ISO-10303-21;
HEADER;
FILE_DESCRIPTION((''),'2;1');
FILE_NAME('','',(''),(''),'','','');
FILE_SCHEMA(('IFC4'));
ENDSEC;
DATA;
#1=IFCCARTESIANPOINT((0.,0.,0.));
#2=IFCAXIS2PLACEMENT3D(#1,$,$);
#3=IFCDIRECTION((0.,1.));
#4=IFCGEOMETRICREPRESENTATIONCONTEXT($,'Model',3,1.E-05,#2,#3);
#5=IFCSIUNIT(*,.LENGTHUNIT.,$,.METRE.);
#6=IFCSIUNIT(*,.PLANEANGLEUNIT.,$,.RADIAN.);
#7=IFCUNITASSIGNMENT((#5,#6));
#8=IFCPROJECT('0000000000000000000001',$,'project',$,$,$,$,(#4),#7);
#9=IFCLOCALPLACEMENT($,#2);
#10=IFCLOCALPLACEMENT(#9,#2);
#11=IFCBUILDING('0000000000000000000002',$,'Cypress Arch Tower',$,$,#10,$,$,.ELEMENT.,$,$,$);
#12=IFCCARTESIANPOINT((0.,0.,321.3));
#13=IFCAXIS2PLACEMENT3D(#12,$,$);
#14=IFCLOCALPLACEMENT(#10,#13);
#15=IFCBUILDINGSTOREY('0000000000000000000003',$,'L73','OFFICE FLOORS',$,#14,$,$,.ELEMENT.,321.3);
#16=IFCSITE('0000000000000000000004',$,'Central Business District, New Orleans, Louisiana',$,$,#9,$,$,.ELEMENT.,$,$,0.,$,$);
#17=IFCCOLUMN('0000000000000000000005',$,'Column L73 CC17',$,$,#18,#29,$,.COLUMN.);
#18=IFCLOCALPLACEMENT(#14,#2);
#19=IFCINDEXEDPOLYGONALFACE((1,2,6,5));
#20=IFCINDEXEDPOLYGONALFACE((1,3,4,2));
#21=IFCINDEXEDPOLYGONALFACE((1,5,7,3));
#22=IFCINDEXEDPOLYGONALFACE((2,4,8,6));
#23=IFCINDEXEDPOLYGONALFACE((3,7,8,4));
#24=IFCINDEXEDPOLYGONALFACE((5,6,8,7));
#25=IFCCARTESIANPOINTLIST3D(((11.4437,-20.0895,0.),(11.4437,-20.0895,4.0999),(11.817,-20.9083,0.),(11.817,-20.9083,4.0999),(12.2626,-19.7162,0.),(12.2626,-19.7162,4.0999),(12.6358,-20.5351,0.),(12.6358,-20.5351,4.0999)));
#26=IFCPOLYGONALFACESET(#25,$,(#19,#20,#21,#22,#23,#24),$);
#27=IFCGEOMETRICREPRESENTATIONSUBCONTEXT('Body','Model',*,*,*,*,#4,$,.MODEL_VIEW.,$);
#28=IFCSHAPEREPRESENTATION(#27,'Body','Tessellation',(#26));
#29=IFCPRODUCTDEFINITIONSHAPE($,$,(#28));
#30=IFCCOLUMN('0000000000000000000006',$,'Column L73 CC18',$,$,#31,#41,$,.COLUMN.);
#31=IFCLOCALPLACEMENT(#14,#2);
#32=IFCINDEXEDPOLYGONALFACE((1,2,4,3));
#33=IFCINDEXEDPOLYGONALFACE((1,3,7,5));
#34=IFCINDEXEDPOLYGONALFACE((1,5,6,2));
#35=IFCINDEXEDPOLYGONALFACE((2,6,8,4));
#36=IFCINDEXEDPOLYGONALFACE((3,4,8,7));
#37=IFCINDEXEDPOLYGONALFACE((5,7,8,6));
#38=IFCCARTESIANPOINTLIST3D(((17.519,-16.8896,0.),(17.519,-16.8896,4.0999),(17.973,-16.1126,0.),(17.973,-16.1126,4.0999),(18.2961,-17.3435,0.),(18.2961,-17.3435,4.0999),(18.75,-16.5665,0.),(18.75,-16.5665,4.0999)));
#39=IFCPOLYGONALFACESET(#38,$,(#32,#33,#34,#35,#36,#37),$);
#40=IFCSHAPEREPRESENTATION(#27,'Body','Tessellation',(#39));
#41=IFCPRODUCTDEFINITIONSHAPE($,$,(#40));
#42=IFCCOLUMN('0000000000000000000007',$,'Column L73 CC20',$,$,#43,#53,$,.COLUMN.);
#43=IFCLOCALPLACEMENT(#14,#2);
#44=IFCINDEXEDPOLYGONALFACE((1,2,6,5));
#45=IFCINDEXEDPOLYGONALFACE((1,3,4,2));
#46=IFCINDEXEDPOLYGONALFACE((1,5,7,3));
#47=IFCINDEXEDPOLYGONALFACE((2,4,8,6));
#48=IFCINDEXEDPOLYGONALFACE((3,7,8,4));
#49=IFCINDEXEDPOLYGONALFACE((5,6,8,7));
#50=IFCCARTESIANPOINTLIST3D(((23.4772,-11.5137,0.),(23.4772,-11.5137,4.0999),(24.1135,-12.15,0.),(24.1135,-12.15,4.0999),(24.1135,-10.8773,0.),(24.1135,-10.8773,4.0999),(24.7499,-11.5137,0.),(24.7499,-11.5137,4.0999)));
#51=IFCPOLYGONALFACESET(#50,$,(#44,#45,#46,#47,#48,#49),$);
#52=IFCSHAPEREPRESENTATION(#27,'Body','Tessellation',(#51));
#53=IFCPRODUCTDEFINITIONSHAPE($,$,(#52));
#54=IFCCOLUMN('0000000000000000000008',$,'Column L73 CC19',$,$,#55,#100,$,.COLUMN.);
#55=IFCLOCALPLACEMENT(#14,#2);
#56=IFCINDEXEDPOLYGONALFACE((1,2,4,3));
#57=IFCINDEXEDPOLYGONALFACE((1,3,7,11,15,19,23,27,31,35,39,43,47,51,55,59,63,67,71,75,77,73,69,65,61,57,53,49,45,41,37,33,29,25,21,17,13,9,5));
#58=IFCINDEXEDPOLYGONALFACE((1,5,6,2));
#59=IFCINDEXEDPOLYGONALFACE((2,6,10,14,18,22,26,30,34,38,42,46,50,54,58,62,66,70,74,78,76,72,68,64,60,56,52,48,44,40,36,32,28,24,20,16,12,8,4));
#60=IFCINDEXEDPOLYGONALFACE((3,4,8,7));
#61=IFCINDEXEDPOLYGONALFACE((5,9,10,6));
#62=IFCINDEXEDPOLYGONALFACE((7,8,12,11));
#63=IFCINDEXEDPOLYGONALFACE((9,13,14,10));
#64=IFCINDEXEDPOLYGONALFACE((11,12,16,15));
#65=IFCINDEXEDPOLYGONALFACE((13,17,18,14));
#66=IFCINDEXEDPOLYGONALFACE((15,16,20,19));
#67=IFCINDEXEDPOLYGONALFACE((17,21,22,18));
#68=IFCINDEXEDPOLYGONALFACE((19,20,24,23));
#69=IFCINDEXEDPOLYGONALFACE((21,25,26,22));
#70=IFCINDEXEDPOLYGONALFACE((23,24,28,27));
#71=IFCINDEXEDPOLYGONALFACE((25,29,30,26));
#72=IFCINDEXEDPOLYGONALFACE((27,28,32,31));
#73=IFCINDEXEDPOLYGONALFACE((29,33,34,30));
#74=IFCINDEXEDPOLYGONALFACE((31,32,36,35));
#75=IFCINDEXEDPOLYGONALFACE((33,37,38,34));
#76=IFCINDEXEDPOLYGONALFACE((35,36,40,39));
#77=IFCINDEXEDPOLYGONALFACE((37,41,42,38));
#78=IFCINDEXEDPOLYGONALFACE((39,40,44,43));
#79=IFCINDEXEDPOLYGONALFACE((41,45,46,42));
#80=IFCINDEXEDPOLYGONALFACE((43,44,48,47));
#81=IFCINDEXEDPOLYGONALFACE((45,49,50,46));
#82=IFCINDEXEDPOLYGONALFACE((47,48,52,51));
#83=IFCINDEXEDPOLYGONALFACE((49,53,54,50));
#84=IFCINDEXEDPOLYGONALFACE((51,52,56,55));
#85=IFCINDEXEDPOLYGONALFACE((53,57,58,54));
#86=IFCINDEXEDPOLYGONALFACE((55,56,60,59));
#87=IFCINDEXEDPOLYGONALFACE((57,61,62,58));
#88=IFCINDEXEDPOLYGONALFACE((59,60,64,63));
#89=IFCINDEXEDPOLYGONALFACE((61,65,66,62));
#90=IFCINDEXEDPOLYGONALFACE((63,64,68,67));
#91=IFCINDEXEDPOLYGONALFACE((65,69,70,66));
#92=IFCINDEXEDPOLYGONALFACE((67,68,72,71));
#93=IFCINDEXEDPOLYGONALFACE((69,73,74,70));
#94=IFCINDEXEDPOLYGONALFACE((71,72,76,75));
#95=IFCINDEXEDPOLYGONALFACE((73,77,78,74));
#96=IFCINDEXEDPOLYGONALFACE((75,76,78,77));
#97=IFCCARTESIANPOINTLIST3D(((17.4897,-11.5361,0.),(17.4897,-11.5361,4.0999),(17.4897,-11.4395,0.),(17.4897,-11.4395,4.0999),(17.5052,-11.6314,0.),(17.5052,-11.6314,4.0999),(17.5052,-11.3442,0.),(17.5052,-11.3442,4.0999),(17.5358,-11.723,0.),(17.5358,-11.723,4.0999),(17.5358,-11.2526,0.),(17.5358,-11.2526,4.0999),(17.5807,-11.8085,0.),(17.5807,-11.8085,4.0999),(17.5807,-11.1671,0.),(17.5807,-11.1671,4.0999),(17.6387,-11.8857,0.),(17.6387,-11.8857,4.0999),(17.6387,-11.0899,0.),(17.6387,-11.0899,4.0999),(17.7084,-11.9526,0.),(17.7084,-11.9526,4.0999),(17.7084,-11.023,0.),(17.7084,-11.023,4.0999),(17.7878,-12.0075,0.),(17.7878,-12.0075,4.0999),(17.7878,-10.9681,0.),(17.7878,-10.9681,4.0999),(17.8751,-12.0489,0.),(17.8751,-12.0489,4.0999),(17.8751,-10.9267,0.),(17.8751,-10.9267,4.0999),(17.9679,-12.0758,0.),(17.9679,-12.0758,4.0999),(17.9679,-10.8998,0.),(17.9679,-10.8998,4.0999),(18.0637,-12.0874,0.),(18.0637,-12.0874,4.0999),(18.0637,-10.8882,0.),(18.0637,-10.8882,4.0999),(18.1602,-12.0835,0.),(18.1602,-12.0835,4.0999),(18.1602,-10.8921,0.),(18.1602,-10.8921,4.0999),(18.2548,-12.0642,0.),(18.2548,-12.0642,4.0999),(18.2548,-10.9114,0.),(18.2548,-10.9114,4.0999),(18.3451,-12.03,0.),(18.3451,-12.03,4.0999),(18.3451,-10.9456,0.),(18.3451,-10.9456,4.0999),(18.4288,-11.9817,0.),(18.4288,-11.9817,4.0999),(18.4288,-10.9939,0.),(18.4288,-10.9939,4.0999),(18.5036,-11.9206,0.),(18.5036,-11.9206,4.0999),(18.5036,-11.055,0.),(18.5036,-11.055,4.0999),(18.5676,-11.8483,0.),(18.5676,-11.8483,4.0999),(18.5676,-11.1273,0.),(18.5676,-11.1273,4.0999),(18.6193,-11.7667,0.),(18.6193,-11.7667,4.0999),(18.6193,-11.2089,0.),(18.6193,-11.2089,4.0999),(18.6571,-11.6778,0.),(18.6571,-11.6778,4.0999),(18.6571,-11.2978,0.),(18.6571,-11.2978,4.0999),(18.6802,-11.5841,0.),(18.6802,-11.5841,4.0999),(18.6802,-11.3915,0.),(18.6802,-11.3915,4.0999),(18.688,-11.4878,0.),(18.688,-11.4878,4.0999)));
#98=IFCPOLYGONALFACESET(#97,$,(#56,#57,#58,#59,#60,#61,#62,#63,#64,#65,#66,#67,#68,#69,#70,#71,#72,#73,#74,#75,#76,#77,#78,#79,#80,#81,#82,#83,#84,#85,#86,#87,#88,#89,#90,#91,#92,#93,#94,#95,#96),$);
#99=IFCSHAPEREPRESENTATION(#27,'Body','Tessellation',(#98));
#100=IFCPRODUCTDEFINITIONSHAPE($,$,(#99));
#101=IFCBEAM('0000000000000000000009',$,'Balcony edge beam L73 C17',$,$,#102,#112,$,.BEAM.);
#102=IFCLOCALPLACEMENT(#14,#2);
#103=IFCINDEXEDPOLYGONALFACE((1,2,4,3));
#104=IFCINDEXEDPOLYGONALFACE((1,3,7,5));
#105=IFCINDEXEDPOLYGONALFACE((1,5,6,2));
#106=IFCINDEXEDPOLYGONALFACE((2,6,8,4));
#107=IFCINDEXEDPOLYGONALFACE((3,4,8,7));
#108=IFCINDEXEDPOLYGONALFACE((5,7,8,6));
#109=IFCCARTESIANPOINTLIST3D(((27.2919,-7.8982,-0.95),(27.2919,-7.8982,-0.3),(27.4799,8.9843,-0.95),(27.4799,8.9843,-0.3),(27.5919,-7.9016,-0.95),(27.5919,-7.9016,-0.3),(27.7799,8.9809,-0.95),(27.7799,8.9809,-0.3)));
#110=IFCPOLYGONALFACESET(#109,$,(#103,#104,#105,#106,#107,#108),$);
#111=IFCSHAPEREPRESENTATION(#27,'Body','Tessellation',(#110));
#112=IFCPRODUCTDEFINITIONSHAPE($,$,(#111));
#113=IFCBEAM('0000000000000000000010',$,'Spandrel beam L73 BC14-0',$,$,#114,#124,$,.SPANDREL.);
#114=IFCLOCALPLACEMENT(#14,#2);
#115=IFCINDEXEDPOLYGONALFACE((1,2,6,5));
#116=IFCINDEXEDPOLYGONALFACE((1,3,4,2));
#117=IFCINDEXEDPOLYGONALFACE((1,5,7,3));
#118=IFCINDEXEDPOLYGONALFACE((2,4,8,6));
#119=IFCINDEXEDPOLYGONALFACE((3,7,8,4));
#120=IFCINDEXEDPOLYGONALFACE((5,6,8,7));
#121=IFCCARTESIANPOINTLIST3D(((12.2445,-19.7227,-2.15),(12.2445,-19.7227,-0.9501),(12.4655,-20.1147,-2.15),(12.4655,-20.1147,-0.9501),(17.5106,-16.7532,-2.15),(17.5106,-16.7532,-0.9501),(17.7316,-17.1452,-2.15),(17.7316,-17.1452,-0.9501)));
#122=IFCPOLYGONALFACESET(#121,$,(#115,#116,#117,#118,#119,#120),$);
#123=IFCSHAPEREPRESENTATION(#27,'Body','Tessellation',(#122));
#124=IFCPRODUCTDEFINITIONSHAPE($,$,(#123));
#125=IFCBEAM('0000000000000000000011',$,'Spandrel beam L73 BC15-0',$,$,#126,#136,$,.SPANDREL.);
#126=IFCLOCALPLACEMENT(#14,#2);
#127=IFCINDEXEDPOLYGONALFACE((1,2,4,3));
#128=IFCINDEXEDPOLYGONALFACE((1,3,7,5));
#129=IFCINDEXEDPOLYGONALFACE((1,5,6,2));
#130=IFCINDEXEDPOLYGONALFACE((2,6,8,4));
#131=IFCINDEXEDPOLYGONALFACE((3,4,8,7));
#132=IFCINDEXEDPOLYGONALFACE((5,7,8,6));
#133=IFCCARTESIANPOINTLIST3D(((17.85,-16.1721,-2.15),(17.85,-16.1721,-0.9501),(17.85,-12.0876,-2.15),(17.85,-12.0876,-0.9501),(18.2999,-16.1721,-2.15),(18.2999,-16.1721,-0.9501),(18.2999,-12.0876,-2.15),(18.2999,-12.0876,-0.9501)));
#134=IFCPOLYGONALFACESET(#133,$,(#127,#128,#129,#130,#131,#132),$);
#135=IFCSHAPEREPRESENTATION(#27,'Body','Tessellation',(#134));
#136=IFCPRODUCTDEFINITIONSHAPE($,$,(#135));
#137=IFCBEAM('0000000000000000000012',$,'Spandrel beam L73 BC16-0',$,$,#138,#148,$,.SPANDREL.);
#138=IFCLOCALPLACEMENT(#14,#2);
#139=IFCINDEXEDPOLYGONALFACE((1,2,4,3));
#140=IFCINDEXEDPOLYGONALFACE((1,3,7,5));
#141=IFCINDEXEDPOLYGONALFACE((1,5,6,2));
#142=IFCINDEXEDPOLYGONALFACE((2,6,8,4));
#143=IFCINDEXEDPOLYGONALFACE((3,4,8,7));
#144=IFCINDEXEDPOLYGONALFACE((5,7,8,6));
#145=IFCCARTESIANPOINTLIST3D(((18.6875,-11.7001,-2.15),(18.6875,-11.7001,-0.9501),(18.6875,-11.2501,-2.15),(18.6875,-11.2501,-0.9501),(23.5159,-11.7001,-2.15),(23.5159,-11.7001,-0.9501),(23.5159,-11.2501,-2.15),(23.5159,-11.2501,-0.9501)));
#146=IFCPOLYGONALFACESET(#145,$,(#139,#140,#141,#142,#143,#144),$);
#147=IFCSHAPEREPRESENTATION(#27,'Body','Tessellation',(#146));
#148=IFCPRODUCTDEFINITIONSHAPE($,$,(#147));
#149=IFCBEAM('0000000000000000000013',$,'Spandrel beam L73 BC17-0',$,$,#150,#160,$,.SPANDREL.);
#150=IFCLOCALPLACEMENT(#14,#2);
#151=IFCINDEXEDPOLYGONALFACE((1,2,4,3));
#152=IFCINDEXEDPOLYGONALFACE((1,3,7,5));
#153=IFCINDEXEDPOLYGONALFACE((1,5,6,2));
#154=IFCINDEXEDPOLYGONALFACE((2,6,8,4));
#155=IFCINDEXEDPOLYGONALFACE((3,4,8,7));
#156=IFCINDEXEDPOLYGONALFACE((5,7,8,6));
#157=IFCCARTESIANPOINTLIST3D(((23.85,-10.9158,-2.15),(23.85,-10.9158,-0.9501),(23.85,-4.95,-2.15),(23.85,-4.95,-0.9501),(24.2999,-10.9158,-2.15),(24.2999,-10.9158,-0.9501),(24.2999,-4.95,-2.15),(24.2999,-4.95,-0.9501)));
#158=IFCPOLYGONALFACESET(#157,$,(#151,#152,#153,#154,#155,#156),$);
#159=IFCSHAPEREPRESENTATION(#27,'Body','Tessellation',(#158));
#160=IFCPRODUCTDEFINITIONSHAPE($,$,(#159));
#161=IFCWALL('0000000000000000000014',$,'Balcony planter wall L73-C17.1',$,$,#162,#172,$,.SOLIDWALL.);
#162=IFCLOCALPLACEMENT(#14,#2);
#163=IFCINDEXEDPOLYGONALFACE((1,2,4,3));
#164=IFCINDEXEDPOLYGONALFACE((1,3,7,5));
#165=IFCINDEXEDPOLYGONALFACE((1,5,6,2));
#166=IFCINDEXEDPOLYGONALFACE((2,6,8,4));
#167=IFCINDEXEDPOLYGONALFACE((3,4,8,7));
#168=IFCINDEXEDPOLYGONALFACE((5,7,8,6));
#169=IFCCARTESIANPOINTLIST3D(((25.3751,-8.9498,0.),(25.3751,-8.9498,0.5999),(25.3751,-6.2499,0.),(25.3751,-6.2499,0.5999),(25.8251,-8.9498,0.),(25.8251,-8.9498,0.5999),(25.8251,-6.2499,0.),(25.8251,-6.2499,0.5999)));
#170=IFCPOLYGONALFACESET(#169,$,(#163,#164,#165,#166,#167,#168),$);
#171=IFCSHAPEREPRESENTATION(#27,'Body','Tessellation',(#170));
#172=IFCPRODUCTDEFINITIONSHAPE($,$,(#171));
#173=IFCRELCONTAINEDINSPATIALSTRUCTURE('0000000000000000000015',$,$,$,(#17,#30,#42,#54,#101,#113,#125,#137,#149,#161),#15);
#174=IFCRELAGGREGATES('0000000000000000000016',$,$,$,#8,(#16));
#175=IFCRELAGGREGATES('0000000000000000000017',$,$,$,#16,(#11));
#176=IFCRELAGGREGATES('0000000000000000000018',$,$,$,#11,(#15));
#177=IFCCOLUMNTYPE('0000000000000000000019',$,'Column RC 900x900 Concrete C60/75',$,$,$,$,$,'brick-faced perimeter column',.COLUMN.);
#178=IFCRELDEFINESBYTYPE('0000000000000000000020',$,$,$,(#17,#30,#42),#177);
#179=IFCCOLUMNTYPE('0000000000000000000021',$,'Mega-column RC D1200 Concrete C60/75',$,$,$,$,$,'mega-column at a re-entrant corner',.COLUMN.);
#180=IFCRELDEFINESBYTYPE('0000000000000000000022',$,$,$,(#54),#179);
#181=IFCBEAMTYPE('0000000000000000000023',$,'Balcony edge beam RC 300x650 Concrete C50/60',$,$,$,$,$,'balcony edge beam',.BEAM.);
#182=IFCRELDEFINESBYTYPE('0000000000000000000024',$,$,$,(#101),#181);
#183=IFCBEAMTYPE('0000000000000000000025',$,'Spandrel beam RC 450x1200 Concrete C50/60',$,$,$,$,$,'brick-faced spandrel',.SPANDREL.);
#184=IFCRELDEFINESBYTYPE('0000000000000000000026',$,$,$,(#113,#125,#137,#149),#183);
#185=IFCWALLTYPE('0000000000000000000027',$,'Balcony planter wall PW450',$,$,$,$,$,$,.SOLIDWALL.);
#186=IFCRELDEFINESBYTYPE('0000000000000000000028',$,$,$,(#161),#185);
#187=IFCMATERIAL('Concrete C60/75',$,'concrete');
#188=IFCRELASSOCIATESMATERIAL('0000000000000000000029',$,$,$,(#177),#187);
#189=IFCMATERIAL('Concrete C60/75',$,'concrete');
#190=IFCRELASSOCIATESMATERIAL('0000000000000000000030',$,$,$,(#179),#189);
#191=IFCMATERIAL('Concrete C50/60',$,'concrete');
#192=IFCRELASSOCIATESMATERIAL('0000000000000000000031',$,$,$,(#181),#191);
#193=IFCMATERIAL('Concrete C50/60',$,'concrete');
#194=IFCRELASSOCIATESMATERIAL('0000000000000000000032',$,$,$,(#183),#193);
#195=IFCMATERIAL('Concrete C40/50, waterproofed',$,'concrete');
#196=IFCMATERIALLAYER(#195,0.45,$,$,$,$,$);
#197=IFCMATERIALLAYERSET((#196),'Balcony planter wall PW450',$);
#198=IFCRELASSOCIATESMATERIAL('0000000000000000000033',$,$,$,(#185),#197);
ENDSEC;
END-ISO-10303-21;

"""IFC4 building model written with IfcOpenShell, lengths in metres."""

from ifc_helpers import new_model, si_unit, direction, frame, frame_2d, origin, origin_2d, place, context, subcontext, project, spatial, rectangle, circle, extrude, material, layer, layer_set, material_profile, profile_set, type_object, element, save


model = new_model("IFC4")

# Units and contexts
model_context = context("Model", 3, precision=1e-05, world=origin(), true_north=direction((0.0, 1.0)))
body_context = subcontext(model_context, "Body", "Model", "MODEL_VIEW")
ifc_project = project(units=[si_unit("LENGTHUNIT", "METRE"), si_unit("PLANEANGLEUNIT", "RADIAN")], contexts=[model_context])

# Site, building, storey
site_placement = place(None, origin())
site = spatial("IfcSite", under=ifc_project, at=site_placement, Name="Central Business District, New Orleans, Louisiana", CompositionType="ELEMENT", RefElevation=0.0)
building_placement = place(site_placement, origin())
building = spatial("IfcBuilding", under=site, at=building_placement, Name="Cypress Arch Tower", CompositionType="ELEMENT")
storey_placement = place(building_placement, frame((0.0, 0.0, 321.3)))
storey = spatial("IfcBuildingStorey", under=building, at=storey_placement, Name="L73", Description="OFFICE FLOORS", CompositionType="ELEMENT", Elevation=321.3)

# Columns
ifc_material_1 = material(Name="Concrete C60/75", Category="concrete")
ifc_material_profile_1 = material_profile(ifc_material_1, rectangle(XDim=0.8999, YDim=0.8999, at=origin_2d()), Name="RC 900x900")
ifc_profile_set_1 = profile_set([ifc_material_profile_1], Name="Concrete C60/75")
column_type_1 = type_object("IfcColumnType", Name="Column RC 900x900 Concrete C60/75", ElementType="brick-faced perimeter column", PredefinedType="COLUMN", material=ifc_profile_set_1)
for number, where, z_axis, x_axis, name in (
    (1, (12.0398, -20.3123, 0.0), (0.0, 0.0, 1.0), (0.909932, 0.414757, 0.0), "Column L73 CC17"),
    (2, (18.1345, -16.728, 0.0), (0.0, 0.0, 1.0), (0.504399, 0.863471, 0.0), "Column L73 CC18"),
    (3, (24.1135, -11.5137, 0.0), (0.0, 0.0, 1.0), (0.707107, 0.707107, 0.0), "Column L73 CC20"),
):
    element("IfcColumn", number, at=place(storey_placement, frame(where, z_axis=z_axis, x_axis=x_axis)), inside=storey, type_object=column_type_1, Name=name, PredefinedType="COLUMN", context=body_context, shape_type="SweptSolid", body=[
        extrude(rectangle(XDim=0.8999, YDim=0.8999, at=origin_2d()), origin(), (0.0, 0.0, 1.0), 4.0999),
    ])
ifc_material_2 = material(Name="Concrete C60/75", Category="concrete")
ifc_material_profile_2 = material_profile(ifc_material_2, circle(Radius=0.6001, at=origin_2d()), Name="RC D1200")
ifc_profile_set_2 = profile_set([ifc_material_profile_2], Name="Concrete C60/75")
column_type_2 = type_object("IfcColumnType", Name="Mega-column RC D1200 Concrete C60/75", ElementType="mega-column at a re-entrant corner", PredefinedType="COLUMN", material=ifc_profile_set_2)
column_placement = place(storey_placement, frame((18.0879, -11.4878, 0.0), z_axis=(0.0, 0.0, 1.0), x_axis=(1.0, 0.0, 0.0)))
element("IfcColumn", 4, at=column_placement, inside=storey, type_object=column_type_2, Name="Column L73 CC19", PredefinedType="COLUMN", context=body_context, shape_type="SweptSolid", body=[
    extrude(circle(Radius=0.6001, at=origin_2d()), origin(), (0.0, 0.0, 1.0), 4.0999),
])

# Beams
ifc_material_3 = material(Name="Concrete C50/60", Category="concrete")
ifc_material_profile_3 = material_profile(ifc_material_3, rectangle(XDim=0.3, YDim=0.6499, at=origin_2d()), Name="RC 300x650")
ifc_profile_set_3 = profile_set([ifc_material_profile_3], Name="Concrete C50/60")
beam_type_1 = type_object("IfcBeamType", Name="Balcony edge beam RC 300x650 Concrete C50/60", ElementType="balcony edge beam", PredefinedType="BEAM", material=ifc_profile_set_3)
beam_1_placement = place(storey_placement, frame((27.4419, -7.8999, -0.625), z_axis=(0.011134, 0.999938, 0.0), x_axis=(-0.999938, 0.011134, 0.0)))
element("IfcBeam", 5, at=beam_1_placement, inside=storey, type_object=beam_type_1, Name="Balcony edge beam L73 C17", PredefinedType="BEAM", context=body_context, shape_type="SweptSolid", body=[
    extrude(rectangle(XDim=0.3, YDim=0.6499, at=origin_2d()), origin(), (0.0, 0.0, 1.0), 16.8835),
])
ifc_material_4 = material(Name="Concrete C50/60", Category="concrete")
ifc_material_profile_4 = material_profile(ifc_material_4, rectangle(XDim=0.45, YDim=1.2, at=origin_2d()), Name="RC 450x1200")
ifc_profile_set_4 = profile_set([ifc_material_profile_4], Name="Concrete C50/60")
beam_type_2 = type_object("IfcBeamType", Name="Spandrel beam RC 450x1200 Concrete C50/60", ElementType="brick-faced spandrel", PredefinedType="SPANDREL", material=ifc_profile_set_4)
beam_2_placement = place(storey_placement, frame((12.355, -19.9187, -1.55), z_axis=(0.87106, 0.491177, 0.0), x_axis=(-0.491177, 0.87106, 0.0)))
element("IfcBeam", 6, at=beam_2_placement, inside=storey, type_object=beam_type_2, Name="Spandrel beam L73 BC14-0", PredefinedType="SPANDREL", context=body_context, shape_type="SweptSolid", body=[
    extrude(rectangle(XDim=0.45, YDim=1.2, at=origin_2d()), origin(), (0.0, 0.0, 1.0), 6.0457),
])
beam_3_placement = place(storey_placement, frame((18.075, -16.1721, -1.55), z_axis=(0.0, 1.0, 0.0), x_axis=(-1.0, 0.0, 0.0)))
element("IfcBeam", 7, at=beam_3_placement, inside=storey, type_object=beam_type_2, Name="Spandrel beam L73 BC15-0", PredefinedType="SPANDREL", context=body_context, shape_type="SweptSolid", body=[
    extrude(rectangle(XDim=0.45, YDim=1.2, at=origin_2d()), origin(), (0.0, 0.0, 1.0), 4.0845),
])
beam_4_placement = place(storey_placement, frame((18.6875, -11.4751, -1.55), z_axis=(1.0, 0.0, 0.0), x_axis=(0.0, 1.0, 0.0)))
element("IfcBeam", 8, at=beam_4_placement, inside=storey, type_object=beam_type_2, Name="Spandrel beam L73 BC16-0", PredefinedType="SPANDREL", context=body_context, shape_type="SweptSolid", body=[
    extrude(rectangle(XDim=0.45, YDim=1.2, at=origin_2d()), origin(), (0.0, 0.0, 1.0), 4.8284),
])
beam_5_placement = place(storey_placement, frame((24.075, -10.9158, -1.55), z_axis=(0.0, 1.0, 0.0), x_axis=(-1.0, 0.0, 0.0)))
element("IfcBeam", 9, at=beam_5_placement, inside=storey, type_object=beam_type_2, Name="Spandrel beam L73 BC17-0", PredefinedType="SPANDREL", context=body_context, shape_type="SweptSolid", body=[
    extrude(rectangle(XDim=0.45, YDim=1.2, at=origin_2d()), origin(), (0.0, 0.0, 1.0), 5.9658),
])

# Wall
ifc_material_5 = material(Name="Concrete C40/50, waterproofed", Category="concrete")
ifc_layer_1 = layer(ifc_material_5, 0.45)
ifc_layer_set_1 = layer_set([ifc_layer_1], Name="Balcony planter wall PW450")
wall_type_1 = type_object("IfcWallType", Name="Balcony planter wall PW450", PredefinedType="SOLIDWALL", material=ifc_layer_set_1)
wall_1_placement = place(storey_placement, frame((25.6001, -8.95, 0.0), z_axis=(0.0, 0.0, 1.0), x_axis=(0.0, 1.0, 0.0)))
element("IfcWall", 10, at=wall_1_placement, inside=storey, type_object=wall_type_1, Name="Balcony planter wall L73-C17.1", PredefinedType="SOLIDWALL", context=body_context, shape_type="SweptSolid", body=[
    extrude(rectangle(XDim=2.7, YDim=0.45, at=frame_2d((1.3501, 0.0))), origin(), (0.0, 0.0, 1.0), 0.5999),
])

save(model, "model.ifc")
